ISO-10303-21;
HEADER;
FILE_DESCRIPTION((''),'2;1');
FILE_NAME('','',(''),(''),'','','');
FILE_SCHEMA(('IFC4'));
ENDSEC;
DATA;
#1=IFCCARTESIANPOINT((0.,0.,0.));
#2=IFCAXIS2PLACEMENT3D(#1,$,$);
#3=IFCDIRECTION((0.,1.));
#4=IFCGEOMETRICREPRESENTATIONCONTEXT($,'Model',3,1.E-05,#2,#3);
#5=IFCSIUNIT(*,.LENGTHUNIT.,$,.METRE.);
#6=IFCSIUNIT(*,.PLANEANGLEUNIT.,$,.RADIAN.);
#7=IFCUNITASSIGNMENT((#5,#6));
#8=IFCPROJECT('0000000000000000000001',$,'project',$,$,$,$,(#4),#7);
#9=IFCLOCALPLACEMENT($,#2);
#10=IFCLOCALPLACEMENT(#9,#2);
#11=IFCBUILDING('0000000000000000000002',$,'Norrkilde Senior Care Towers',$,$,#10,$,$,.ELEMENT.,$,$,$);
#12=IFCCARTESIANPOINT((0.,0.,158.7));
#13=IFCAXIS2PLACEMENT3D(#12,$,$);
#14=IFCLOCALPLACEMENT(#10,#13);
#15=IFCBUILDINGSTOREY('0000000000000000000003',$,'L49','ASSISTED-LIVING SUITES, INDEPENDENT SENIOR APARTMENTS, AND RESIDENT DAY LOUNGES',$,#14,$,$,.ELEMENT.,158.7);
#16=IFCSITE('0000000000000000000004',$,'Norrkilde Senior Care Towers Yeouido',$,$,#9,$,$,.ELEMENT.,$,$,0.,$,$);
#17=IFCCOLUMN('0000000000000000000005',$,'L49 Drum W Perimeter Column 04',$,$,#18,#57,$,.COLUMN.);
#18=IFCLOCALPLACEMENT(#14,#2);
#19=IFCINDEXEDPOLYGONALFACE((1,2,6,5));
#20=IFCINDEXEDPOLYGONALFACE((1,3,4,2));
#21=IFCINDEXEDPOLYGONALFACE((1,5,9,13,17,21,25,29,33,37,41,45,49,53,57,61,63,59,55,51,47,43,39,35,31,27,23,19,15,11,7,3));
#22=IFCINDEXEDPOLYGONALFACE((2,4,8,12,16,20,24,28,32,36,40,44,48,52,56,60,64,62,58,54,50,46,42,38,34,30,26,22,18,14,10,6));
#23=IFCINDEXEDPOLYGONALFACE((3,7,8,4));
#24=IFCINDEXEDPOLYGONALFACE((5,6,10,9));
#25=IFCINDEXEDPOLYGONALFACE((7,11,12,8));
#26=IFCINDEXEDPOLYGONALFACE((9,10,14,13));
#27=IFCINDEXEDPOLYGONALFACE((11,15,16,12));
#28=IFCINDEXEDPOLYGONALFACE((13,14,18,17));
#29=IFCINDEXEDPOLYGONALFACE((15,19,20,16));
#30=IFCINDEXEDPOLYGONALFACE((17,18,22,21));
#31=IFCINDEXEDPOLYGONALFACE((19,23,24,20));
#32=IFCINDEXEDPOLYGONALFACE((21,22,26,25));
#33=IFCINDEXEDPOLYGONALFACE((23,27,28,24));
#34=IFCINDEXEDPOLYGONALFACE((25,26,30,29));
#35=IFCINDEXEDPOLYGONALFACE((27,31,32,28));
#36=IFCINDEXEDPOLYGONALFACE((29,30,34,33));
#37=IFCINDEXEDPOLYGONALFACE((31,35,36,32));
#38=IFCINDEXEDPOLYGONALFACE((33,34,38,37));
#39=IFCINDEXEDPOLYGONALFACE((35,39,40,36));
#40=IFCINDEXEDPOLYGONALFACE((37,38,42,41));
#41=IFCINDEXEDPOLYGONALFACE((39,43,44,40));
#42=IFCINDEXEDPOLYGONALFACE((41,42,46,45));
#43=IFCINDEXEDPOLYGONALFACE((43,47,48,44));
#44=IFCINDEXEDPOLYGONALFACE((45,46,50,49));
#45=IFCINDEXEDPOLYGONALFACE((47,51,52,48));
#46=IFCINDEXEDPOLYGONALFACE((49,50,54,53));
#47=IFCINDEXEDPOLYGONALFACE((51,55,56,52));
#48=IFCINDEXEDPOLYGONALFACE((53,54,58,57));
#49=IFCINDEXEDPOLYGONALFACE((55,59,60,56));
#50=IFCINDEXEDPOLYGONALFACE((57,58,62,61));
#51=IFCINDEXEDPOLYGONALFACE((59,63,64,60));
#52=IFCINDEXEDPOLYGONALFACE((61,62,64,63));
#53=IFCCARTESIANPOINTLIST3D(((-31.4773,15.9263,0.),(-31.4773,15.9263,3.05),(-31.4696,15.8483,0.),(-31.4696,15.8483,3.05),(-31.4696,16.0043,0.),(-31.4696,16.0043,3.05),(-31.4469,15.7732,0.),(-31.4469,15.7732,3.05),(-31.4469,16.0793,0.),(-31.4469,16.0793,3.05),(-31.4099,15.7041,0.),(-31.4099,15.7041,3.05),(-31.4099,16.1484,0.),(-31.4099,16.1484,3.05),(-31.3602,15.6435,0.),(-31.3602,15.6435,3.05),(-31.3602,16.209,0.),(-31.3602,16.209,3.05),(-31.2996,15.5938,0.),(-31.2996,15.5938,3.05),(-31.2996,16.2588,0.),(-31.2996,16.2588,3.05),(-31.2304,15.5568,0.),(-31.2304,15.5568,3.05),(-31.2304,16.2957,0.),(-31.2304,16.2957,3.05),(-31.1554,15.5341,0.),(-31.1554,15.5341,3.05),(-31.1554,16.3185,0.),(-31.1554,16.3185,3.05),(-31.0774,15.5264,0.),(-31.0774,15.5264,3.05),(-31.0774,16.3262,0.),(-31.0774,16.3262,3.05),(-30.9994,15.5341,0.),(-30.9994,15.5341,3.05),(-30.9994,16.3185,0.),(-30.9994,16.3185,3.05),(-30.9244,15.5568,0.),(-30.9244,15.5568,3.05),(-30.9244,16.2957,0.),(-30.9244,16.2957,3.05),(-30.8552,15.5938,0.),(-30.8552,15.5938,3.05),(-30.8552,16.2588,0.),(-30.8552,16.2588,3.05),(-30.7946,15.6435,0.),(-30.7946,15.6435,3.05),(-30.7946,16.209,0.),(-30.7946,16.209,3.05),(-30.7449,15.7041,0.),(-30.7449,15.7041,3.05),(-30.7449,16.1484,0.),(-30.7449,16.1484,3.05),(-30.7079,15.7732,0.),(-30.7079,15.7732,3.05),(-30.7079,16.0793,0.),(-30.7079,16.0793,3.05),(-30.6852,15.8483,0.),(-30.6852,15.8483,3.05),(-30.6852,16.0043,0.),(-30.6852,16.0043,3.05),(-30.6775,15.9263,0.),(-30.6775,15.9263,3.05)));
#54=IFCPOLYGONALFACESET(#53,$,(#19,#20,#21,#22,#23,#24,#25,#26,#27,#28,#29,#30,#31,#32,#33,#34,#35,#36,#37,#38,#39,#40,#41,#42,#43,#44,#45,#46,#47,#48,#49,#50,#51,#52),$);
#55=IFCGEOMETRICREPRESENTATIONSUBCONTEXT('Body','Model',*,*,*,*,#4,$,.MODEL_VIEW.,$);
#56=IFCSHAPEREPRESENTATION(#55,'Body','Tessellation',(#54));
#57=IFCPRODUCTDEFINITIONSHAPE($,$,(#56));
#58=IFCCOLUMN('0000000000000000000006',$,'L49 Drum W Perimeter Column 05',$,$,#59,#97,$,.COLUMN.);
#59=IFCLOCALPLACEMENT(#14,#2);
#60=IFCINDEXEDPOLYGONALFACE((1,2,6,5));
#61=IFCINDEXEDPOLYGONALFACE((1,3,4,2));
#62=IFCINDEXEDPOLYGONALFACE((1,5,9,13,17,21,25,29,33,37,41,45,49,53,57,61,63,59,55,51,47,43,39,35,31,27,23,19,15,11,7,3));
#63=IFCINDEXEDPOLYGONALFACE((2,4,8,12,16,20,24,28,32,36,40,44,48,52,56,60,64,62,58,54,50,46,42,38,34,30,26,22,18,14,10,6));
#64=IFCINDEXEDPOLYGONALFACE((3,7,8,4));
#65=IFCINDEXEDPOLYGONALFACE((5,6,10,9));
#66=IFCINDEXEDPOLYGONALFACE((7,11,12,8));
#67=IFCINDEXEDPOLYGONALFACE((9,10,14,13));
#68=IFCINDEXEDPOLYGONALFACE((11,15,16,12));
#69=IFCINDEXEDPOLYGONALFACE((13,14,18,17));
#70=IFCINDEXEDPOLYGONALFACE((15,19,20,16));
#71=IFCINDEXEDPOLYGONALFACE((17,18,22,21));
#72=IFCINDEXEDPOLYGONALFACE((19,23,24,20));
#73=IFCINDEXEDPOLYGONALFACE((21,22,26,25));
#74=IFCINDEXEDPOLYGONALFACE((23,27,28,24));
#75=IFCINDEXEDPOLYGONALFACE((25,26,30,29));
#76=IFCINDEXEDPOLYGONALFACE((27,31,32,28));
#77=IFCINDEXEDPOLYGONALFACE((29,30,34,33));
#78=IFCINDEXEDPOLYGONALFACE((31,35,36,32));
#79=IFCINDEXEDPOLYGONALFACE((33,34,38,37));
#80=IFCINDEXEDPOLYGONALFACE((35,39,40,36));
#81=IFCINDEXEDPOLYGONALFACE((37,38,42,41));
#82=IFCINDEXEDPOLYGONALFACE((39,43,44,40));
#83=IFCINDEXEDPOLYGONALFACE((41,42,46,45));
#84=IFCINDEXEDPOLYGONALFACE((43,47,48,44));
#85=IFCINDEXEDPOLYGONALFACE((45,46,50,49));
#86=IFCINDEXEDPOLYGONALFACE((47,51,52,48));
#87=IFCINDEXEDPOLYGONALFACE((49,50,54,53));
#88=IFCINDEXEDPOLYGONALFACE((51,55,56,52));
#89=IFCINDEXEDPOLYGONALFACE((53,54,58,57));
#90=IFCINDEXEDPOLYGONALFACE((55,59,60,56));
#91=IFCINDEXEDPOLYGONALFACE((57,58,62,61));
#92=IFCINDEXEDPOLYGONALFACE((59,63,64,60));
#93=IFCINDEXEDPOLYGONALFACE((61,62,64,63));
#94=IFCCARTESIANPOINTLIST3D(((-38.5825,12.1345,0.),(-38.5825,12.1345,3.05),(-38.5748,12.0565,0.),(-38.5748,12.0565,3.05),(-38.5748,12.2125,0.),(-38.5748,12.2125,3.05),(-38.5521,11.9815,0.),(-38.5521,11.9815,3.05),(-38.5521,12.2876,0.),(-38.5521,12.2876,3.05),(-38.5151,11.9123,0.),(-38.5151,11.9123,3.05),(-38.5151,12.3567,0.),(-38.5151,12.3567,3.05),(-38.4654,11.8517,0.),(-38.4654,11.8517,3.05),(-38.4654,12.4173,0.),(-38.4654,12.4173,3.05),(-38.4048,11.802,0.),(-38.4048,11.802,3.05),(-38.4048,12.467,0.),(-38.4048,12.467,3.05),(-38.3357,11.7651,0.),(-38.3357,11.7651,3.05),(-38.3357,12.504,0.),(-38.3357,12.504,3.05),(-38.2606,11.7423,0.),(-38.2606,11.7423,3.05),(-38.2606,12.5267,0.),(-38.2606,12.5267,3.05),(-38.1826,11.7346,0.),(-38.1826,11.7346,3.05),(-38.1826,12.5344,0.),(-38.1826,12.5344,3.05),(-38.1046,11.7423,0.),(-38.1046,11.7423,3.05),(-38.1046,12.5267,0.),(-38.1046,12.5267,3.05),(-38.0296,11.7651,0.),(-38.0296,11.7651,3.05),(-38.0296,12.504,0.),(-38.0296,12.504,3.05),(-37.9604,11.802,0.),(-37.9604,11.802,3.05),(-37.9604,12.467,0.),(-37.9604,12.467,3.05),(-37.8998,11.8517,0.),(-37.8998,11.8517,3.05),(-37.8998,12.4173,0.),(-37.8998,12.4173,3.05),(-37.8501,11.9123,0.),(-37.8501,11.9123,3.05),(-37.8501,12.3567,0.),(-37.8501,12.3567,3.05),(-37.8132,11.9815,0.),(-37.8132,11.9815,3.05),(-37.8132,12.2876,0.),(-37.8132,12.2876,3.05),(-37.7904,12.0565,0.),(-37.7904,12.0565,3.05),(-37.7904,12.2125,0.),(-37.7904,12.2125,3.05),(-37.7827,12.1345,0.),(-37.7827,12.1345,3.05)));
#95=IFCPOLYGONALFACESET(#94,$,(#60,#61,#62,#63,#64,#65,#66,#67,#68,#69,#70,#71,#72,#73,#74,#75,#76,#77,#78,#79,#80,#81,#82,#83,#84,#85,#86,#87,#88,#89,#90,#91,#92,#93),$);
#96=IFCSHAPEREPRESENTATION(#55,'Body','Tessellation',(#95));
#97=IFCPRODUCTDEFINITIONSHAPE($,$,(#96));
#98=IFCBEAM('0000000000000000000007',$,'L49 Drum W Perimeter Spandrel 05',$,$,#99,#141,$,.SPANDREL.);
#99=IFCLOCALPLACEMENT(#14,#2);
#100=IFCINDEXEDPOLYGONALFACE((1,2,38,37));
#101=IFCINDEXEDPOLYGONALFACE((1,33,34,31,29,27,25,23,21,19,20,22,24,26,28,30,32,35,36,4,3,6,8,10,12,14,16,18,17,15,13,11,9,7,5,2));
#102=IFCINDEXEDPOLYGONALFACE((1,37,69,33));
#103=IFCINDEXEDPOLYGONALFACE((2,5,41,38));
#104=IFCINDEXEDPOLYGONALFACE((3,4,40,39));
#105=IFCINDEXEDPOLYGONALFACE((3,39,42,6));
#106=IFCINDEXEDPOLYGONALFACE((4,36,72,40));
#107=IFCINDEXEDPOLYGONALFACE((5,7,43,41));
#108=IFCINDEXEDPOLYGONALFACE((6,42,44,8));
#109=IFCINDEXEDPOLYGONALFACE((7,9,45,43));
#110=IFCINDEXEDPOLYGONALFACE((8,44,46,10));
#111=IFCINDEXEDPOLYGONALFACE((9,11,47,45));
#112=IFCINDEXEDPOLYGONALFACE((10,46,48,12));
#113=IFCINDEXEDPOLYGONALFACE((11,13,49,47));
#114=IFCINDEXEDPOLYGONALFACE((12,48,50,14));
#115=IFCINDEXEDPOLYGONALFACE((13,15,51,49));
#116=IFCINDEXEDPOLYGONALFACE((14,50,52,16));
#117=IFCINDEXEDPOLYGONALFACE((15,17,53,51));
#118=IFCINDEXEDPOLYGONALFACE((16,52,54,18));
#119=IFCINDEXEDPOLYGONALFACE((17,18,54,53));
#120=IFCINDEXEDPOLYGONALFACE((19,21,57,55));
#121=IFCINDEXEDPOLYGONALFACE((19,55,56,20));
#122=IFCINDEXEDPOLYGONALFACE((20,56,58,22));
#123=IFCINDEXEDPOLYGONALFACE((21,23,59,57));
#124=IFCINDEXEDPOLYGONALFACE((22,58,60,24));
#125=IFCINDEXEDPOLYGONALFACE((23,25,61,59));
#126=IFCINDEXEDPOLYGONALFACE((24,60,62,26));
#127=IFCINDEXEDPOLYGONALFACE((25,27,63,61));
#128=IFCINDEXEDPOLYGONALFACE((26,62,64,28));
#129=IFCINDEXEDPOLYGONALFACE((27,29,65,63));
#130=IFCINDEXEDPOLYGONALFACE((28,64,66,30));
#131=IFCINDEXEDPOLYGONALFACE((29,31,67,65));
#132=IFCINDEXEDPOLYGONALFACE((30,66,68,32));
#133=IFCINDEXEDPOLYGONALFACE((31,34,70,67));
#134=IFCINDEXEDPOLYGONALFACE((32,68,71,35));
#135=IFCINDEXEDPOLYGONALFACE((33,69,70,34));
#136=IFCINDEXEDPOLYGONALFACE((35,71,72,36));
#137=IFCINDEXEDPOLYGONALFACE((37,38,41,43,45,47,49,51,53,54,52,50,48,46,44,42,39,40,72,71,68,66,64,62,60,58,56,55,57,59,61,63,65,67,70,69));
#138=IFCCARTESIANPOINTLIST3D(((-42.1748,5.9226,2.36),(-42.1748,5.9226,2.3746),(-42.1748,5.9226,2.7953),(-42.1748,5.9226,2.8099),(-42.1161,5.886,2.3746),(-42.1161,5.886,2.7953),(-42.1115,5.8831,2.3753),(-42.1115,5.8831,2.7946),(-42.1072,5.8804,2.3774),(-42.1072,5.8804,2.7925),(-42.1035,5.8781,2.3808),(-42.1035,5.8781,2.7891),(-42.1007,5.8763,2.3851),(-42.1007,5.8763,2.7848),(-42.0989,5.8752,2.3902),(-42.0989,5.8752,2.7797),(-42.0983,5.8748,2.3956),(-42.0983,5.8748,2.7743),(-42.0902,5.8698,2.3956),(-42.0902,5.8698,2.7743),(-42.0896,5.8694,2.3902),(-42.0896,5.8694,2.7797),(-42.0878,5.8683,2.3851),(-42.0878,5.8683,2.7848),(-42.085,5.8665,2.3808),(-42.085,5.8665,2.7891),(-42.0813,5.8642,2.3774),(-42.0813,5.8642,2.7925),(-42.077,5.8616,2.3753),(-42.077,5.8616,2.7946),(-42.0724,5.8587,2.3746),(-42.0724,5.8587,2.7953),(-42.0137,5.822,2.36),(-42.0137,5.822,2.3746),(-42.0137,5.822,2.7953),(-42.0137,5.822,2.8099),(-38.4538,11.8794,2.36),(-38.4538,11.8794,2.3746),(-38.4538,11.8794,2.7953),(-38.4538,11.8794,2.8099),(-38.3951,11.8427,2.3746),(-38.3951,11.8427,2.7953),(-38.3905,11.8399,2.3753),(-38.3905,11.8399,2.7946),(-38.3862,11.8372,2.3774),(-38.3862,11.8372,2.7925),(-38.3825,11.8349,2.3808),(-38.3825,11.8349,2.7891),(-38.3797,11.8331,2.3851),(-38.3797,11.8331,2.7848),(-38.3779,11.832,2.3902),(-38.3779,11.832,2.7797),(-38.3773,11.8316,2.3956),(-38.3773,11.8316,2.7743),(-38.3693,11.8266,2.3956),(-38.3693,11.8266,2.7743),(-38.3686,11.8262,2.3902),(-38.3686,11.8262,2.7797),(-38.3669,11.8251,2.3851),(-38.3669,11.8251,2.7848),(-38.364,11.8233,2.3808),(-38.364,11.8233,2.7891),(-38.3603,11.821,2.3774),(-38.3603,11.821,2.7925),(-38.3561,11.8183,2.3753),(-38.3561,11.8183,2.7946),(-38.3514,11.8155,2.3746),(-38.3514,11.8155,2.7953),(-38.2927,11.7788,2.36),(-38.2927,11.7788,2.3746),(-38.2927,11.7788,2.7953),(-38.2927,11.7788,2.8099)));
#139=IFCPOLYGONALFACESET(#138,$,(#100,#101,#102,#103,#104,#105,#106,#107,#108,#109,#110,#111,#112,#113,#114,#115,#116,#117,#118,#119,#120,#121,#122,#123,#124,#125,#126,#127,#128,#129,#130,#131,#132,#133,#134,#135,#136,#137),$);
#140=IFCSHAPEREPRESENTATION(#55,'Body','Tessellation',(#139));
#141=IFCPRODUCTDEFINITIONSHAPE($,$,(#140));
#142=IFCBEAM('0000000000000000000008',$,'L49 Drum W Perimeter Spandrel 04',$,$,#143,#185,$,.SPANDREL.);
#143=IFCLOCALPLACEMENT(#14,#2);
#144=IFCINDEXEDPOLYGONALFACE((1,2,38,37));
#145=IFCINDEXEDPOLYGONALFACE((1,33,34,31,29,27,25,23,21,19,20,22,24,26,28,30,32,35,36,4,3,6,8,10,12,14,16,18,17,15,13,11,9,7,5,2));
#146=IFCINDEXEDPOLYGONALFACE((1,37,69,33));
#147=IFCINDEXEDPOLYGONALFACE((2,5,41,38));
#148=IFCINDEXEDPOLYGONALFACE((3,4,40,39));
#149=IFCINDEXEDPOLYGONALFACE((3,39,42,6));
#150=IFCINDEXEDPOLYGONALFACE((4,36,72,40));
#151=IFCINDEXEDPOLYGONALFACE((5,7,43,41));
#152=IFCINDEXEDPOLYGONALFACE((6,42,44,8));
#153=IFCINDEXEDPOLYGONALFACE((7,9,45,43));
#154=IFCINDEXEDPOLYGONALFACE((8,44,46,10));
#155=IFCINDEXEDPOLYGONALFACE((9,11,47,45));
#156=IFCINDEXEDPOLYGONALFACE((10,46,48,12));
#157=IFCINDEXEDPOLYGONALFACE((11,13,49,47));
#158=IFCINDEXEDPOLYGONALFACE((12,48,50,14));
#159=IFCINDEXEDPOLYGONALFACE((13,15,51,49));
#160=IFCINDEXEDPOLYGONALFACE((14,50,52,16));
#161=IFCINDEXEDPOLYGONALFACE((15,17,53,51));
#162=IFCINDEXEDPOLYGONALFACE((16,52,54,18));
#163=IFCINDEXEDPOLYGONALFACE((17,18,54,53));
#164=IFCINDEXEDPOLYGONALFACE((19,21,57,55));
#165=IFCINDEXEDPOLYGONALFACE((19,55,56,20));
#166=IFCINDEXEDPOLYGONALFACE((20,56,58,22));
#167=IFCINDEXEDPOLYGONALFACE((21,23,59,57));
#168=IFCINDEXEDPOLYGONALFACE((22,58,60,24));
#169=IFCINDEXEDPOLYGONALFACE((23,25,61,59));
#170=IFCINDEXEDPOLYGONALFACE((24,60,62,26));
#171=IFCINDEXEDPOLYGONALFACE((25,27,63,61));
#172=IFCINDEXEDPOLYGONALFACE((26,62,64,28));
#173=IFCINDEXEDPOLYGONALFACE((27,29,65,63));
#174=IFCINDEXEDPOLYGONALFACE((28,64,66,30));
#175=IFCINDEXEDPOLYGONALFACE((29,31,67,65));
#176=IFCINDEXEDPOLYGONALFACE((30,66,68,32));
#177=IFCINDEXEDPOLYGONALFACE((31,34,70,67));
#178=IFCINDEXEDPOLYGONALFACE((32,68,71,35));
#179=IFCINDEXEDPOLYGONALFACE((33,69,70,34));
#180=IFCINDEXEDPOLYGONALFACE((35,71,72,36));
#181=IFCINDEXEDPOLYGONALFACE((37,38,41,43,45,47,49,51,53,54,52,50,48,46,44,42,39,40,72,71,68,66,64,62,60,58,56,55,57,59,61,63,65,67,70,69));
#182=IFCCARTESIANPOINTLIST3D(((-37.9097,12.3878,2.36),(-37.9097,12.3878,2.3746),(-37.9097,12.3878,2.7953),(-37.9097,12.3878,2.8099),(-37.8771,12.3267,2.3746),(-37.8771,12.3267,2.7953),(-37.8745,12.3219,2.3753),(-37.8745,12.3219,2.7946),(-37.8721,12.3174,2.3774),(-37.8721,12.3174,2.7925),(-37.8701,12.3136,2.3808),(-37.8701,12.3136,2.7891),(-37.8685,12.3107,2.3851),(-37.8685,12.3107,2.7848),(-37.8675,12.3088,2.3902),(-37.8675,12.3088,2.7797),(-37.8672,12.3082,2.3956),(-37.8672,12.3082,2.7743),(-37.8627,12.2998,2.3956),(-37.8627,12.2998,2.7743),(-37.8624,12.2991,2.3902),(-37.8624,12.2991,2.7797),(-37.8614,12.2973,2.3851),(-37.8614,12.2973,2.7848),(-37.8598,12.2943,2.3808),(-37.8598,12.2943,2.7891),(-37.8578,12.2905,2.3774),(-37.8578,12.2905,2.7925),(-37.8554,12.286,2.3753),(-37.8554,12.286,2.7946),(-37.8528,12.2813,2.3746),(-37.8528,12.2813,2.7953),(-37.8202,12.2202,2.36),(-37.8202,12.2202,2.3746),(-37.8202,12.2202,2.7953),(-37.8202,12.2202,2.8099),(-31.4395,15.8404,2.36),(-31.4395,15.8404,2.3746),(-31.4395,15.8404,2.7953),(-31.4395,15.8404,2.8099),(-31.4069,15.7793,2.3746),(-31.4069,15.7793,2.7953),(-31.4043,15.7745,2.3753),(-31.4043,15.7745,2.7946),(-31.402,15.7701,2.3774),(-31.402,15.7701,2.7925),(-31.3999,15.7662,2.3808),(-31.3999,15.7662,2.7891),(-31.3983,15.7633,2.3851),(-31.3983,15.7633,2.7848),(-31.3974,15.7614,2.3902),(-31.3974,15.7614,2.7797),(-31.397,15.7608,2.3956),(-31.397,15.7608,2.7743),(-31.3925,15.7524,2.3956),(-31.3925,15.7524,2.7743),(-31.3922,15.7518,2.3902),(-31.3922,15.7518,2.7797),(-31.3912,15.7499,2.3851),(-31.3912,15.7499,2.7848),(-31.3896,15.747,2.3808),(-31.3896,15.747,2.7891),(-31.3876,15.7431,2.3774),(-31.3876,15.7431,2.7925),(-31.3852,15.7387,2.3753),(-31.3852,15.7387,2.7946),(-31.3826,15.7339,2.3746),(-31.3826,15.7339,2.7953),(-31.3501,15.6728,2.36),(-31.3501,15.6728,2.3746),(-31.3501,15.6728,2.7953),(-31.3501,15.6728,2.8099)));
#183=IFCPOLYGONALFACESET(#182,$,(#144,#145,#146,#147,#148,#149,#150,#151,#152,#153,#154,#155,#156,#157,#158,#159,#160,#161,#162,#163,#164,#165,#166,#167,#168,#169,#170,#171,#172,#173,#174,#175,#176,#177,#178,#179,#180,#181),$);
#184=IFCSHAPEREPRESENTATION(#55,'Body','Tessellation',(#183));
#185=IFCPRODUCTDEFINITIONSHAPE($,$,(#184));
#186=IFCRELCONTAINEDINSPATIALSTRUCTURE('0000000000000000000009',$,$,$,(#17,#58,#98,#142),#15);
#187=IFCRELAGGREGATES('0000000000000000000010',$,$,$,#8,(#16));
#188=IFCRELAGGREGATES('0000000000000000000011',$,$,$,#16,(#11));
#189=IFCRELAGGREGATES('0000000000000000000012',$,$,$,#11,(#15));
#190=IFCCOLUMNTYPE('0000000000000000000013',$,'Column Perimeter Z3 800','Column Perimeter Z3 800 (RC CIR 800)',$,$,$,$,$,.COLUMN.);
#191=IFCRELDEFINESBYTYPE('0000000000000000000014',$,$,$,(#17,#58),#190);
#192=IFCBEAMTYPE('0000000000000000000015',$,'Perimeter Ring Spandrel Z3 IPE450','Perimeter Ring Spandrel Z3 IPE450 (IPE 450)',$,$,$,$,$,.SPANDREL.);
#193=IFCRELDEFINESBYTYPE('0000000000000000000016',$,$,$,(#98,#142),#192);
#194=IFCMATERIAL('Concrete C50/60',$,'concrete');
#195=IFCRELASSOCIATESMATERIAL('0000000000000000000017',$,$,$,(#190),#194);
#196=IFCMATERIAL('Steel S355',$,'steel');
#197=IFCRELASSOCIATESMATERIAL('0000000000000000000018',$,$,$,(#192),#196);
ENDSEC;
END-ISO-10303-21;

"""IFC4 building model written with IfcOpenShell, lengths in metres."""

from ifc_helpers import new_model, si_unit, direction, frame, origin, origin_2d, place, context, subcontext, project, spatial, circle, i_section, extrude, source, transform, mapped, material, material_profile, profile_set, type_object, type_shapes, element, save


model = new_model("IFC4")

# Units and contexts
model_context = context("Model", 3, precision=1e-05, world=origin(), true_north=direction((0.0, 1.0)))
body_context = subcontext(model_context, "Body", "Model", "MODEL_VIEW")
ifc_project = project(units=[si_unit("LENGTHUNIT", "METRE"), si_unit("PLANEANGLEUNIT", "RADIAN")], contexts=[model_context])

# Site, building, storey
site_placement = place(None, origin())
site = spatial("IfcSite", under=ifc_project, at=site_placement, Name="Norrkilde Senior Care Towers Yeouido", CompositionType="ELEMENT", RefElevation=0.0)
building_placement = place(site_placement, origin())
building = spatial("IfcBuilding", under=site, at=building_placement, Name="Norrkilde Senior Care Towers", CompositionType="ELEMENT")
storey_placement = place(building_placement, frame((0.0, 0.0, 158.7)))
storey = spatial("IfcBuildingStorey", under=building, at=storey_placement, Name="L49", Description="ASSISTED-LIVING SUITES, INDEPENDENT SENIOR APARTMENTS, AND RESIDENT DAY LOUNGES", CompositionType="ELEMENT", Elevation=158.7)

# Columns
ifc_material_1 = material(Name="Concrete C50/60", Category="concrete")
ifc_material_profile_1 = material_profile(ifc_material_1, circle(Radius=0.3999, at=origin_2d()), Name="RC CIR 800")
ifc_profile_set_1 = profile_set([ifc_material_profile_1], Name="Concrete C50/60")
column_type = type_object("IfcColumnType", Name="Column Perimeter Z3 800", Description="Column Perimeter Z3 800 (RC CIR 800)", PredefinedType="COLUMN", material=ifc_profile_set_1)
shared_shape_1 = source(origin(), body_context, "Body", "SweptSolid", [
    extrude(circle(Radius=0.3999, at=origin_2d()), origin(), (0.0, 0.0, 1.0), 3.05),
])
type_shapes(column_type, [shared_shape_1])
for number, where, z_axis, x_axis, name in (
    (1, (-31.0774, 15.9263, 0.0), (0.0, 0.0, 1.0), (1.0, 0.0, 0.0), "L49 Drum W Perimeter Column 04"),
    (2, (-38.1826, 12.1345, 0.0), (0.0, 0.0, 1.0), (1.0, 0.0, 0.0), "L49 Drum W Perimeter Column 05"),
):
    element("IfcColumn", number, at=place(storey_placement, frame(where, z_axis=z_axis, x_axis=x_axis)), inside=storey, type_object=column_type, Name=name, PredefinedType="COLUMN", context=body_context, shape_type="MappedRepresentation", body=[
        mapped(shared_shape_1, transform((0.0, 0.0, 0.0), x_axis=(1.0, 0.0, 0.0), y_axis=(0.0, 1.0, 0.0), z_axis=(0.0, 0.0, 1.0), scale=1.0)),
    ])

# Beams
ifc_material_2 = material(Name="Steel S355", Category="steel")
ifc_material_profile_2 = material_profile(ifc_material_2, i_section(OverallWidth=0.1899, OverallDepth=0.45, WebThickness=0.0095, FlangeThickness=0.0146, FilletRadius=0.021, at=origin_2d()), Name="IPE 450")
ifc_profile_set_2 = profile_set([ifc_material_profile_2], Name="Steel S355")
beam_type_1 = type_object("IfcBeamType", Name="Perimeter Ring Spandrel Z3 IPE450", Description="Perimeter Ring Spandrel Z3 IPE450 (IPE 450)", PredefinedType="SPANDREL", material=ifc_profile_set_2)
shared_shape_2 = source(origin(), body_context, "Body", "SweptSolid", [
    extrude(i_section(OverallWidth=0.1899, OverallDepth=0.45, WebThickness=0.0095, FlangeThickness=0.0146, FilletRadius=0.021, at=origin_2d()), origin(), (0.0, 0.0, 1.0), 7.0234),
])
beam_1_placement = place(storey_placement, frame((-38.3733, 11.8291, 2.585), z_axis=(-0.52979, -0.848129, 0.0), x_axis=(0.848129, -0.52979, 0.0)))
element("IfcBeam", 3, at=beam_1_placement, inside=storey, type_object=beam_type_1, Name="L49 Drum W Perimeter Spandrel 05", PredefinedType="SPANDREL", context=body_context, shape_type="MappedRepresentation", body=[
    mapped(shared_shape_2, transform((0.0, 0.0, 0.0), x_axis=(1.0, 0.0, 0.0), y_axis=(0.0, 1.0, 0.0), z_axis=(0.0, 0.0, 1.0), scale=1.0)),
])
shared_shape_3 = source(origin(), body_context, "Body", "SweptSolid", [
    extrude(i_section(OverallWidth=0.1899, OverallDepth=0.45, WebThickness=0.0095, FlangeThickness=0.0146, FilletRadius=0.021, at=origin_2d()), origin(), (0.0, 0.0, 1.0), 7.3337),
])
type_shapes(beam_type_1, [shared_shape_2, shared_shape_3])
beam_2_placement = place(storey_placement, frame((-31.3948, 15.7566, 2.585), z_axis=(-0.882248, -0.470785, 0.0), x_axis=(0.470785, -0.882248, 0.0)))
element("IfcBeam", 4, at=beam_2_placement, inside=storey, type_object=beam_type_1, Name="L49 Drum W Perimeter Spandrel 04", PredefinedType="SPANDREL", context=body_context, shape_type="MappedRepresentation", body=[
    mapped(shared_shape_3, transform((0.0, 0.0, 0.0), x_axis=(1.0, 0.0, 0.0), y_axis=(0.0, 1.0, 0.0), z_axis=(0.0, 0.0, 1.0), scale=1.0)),
])

save(model, "model.ifc")
